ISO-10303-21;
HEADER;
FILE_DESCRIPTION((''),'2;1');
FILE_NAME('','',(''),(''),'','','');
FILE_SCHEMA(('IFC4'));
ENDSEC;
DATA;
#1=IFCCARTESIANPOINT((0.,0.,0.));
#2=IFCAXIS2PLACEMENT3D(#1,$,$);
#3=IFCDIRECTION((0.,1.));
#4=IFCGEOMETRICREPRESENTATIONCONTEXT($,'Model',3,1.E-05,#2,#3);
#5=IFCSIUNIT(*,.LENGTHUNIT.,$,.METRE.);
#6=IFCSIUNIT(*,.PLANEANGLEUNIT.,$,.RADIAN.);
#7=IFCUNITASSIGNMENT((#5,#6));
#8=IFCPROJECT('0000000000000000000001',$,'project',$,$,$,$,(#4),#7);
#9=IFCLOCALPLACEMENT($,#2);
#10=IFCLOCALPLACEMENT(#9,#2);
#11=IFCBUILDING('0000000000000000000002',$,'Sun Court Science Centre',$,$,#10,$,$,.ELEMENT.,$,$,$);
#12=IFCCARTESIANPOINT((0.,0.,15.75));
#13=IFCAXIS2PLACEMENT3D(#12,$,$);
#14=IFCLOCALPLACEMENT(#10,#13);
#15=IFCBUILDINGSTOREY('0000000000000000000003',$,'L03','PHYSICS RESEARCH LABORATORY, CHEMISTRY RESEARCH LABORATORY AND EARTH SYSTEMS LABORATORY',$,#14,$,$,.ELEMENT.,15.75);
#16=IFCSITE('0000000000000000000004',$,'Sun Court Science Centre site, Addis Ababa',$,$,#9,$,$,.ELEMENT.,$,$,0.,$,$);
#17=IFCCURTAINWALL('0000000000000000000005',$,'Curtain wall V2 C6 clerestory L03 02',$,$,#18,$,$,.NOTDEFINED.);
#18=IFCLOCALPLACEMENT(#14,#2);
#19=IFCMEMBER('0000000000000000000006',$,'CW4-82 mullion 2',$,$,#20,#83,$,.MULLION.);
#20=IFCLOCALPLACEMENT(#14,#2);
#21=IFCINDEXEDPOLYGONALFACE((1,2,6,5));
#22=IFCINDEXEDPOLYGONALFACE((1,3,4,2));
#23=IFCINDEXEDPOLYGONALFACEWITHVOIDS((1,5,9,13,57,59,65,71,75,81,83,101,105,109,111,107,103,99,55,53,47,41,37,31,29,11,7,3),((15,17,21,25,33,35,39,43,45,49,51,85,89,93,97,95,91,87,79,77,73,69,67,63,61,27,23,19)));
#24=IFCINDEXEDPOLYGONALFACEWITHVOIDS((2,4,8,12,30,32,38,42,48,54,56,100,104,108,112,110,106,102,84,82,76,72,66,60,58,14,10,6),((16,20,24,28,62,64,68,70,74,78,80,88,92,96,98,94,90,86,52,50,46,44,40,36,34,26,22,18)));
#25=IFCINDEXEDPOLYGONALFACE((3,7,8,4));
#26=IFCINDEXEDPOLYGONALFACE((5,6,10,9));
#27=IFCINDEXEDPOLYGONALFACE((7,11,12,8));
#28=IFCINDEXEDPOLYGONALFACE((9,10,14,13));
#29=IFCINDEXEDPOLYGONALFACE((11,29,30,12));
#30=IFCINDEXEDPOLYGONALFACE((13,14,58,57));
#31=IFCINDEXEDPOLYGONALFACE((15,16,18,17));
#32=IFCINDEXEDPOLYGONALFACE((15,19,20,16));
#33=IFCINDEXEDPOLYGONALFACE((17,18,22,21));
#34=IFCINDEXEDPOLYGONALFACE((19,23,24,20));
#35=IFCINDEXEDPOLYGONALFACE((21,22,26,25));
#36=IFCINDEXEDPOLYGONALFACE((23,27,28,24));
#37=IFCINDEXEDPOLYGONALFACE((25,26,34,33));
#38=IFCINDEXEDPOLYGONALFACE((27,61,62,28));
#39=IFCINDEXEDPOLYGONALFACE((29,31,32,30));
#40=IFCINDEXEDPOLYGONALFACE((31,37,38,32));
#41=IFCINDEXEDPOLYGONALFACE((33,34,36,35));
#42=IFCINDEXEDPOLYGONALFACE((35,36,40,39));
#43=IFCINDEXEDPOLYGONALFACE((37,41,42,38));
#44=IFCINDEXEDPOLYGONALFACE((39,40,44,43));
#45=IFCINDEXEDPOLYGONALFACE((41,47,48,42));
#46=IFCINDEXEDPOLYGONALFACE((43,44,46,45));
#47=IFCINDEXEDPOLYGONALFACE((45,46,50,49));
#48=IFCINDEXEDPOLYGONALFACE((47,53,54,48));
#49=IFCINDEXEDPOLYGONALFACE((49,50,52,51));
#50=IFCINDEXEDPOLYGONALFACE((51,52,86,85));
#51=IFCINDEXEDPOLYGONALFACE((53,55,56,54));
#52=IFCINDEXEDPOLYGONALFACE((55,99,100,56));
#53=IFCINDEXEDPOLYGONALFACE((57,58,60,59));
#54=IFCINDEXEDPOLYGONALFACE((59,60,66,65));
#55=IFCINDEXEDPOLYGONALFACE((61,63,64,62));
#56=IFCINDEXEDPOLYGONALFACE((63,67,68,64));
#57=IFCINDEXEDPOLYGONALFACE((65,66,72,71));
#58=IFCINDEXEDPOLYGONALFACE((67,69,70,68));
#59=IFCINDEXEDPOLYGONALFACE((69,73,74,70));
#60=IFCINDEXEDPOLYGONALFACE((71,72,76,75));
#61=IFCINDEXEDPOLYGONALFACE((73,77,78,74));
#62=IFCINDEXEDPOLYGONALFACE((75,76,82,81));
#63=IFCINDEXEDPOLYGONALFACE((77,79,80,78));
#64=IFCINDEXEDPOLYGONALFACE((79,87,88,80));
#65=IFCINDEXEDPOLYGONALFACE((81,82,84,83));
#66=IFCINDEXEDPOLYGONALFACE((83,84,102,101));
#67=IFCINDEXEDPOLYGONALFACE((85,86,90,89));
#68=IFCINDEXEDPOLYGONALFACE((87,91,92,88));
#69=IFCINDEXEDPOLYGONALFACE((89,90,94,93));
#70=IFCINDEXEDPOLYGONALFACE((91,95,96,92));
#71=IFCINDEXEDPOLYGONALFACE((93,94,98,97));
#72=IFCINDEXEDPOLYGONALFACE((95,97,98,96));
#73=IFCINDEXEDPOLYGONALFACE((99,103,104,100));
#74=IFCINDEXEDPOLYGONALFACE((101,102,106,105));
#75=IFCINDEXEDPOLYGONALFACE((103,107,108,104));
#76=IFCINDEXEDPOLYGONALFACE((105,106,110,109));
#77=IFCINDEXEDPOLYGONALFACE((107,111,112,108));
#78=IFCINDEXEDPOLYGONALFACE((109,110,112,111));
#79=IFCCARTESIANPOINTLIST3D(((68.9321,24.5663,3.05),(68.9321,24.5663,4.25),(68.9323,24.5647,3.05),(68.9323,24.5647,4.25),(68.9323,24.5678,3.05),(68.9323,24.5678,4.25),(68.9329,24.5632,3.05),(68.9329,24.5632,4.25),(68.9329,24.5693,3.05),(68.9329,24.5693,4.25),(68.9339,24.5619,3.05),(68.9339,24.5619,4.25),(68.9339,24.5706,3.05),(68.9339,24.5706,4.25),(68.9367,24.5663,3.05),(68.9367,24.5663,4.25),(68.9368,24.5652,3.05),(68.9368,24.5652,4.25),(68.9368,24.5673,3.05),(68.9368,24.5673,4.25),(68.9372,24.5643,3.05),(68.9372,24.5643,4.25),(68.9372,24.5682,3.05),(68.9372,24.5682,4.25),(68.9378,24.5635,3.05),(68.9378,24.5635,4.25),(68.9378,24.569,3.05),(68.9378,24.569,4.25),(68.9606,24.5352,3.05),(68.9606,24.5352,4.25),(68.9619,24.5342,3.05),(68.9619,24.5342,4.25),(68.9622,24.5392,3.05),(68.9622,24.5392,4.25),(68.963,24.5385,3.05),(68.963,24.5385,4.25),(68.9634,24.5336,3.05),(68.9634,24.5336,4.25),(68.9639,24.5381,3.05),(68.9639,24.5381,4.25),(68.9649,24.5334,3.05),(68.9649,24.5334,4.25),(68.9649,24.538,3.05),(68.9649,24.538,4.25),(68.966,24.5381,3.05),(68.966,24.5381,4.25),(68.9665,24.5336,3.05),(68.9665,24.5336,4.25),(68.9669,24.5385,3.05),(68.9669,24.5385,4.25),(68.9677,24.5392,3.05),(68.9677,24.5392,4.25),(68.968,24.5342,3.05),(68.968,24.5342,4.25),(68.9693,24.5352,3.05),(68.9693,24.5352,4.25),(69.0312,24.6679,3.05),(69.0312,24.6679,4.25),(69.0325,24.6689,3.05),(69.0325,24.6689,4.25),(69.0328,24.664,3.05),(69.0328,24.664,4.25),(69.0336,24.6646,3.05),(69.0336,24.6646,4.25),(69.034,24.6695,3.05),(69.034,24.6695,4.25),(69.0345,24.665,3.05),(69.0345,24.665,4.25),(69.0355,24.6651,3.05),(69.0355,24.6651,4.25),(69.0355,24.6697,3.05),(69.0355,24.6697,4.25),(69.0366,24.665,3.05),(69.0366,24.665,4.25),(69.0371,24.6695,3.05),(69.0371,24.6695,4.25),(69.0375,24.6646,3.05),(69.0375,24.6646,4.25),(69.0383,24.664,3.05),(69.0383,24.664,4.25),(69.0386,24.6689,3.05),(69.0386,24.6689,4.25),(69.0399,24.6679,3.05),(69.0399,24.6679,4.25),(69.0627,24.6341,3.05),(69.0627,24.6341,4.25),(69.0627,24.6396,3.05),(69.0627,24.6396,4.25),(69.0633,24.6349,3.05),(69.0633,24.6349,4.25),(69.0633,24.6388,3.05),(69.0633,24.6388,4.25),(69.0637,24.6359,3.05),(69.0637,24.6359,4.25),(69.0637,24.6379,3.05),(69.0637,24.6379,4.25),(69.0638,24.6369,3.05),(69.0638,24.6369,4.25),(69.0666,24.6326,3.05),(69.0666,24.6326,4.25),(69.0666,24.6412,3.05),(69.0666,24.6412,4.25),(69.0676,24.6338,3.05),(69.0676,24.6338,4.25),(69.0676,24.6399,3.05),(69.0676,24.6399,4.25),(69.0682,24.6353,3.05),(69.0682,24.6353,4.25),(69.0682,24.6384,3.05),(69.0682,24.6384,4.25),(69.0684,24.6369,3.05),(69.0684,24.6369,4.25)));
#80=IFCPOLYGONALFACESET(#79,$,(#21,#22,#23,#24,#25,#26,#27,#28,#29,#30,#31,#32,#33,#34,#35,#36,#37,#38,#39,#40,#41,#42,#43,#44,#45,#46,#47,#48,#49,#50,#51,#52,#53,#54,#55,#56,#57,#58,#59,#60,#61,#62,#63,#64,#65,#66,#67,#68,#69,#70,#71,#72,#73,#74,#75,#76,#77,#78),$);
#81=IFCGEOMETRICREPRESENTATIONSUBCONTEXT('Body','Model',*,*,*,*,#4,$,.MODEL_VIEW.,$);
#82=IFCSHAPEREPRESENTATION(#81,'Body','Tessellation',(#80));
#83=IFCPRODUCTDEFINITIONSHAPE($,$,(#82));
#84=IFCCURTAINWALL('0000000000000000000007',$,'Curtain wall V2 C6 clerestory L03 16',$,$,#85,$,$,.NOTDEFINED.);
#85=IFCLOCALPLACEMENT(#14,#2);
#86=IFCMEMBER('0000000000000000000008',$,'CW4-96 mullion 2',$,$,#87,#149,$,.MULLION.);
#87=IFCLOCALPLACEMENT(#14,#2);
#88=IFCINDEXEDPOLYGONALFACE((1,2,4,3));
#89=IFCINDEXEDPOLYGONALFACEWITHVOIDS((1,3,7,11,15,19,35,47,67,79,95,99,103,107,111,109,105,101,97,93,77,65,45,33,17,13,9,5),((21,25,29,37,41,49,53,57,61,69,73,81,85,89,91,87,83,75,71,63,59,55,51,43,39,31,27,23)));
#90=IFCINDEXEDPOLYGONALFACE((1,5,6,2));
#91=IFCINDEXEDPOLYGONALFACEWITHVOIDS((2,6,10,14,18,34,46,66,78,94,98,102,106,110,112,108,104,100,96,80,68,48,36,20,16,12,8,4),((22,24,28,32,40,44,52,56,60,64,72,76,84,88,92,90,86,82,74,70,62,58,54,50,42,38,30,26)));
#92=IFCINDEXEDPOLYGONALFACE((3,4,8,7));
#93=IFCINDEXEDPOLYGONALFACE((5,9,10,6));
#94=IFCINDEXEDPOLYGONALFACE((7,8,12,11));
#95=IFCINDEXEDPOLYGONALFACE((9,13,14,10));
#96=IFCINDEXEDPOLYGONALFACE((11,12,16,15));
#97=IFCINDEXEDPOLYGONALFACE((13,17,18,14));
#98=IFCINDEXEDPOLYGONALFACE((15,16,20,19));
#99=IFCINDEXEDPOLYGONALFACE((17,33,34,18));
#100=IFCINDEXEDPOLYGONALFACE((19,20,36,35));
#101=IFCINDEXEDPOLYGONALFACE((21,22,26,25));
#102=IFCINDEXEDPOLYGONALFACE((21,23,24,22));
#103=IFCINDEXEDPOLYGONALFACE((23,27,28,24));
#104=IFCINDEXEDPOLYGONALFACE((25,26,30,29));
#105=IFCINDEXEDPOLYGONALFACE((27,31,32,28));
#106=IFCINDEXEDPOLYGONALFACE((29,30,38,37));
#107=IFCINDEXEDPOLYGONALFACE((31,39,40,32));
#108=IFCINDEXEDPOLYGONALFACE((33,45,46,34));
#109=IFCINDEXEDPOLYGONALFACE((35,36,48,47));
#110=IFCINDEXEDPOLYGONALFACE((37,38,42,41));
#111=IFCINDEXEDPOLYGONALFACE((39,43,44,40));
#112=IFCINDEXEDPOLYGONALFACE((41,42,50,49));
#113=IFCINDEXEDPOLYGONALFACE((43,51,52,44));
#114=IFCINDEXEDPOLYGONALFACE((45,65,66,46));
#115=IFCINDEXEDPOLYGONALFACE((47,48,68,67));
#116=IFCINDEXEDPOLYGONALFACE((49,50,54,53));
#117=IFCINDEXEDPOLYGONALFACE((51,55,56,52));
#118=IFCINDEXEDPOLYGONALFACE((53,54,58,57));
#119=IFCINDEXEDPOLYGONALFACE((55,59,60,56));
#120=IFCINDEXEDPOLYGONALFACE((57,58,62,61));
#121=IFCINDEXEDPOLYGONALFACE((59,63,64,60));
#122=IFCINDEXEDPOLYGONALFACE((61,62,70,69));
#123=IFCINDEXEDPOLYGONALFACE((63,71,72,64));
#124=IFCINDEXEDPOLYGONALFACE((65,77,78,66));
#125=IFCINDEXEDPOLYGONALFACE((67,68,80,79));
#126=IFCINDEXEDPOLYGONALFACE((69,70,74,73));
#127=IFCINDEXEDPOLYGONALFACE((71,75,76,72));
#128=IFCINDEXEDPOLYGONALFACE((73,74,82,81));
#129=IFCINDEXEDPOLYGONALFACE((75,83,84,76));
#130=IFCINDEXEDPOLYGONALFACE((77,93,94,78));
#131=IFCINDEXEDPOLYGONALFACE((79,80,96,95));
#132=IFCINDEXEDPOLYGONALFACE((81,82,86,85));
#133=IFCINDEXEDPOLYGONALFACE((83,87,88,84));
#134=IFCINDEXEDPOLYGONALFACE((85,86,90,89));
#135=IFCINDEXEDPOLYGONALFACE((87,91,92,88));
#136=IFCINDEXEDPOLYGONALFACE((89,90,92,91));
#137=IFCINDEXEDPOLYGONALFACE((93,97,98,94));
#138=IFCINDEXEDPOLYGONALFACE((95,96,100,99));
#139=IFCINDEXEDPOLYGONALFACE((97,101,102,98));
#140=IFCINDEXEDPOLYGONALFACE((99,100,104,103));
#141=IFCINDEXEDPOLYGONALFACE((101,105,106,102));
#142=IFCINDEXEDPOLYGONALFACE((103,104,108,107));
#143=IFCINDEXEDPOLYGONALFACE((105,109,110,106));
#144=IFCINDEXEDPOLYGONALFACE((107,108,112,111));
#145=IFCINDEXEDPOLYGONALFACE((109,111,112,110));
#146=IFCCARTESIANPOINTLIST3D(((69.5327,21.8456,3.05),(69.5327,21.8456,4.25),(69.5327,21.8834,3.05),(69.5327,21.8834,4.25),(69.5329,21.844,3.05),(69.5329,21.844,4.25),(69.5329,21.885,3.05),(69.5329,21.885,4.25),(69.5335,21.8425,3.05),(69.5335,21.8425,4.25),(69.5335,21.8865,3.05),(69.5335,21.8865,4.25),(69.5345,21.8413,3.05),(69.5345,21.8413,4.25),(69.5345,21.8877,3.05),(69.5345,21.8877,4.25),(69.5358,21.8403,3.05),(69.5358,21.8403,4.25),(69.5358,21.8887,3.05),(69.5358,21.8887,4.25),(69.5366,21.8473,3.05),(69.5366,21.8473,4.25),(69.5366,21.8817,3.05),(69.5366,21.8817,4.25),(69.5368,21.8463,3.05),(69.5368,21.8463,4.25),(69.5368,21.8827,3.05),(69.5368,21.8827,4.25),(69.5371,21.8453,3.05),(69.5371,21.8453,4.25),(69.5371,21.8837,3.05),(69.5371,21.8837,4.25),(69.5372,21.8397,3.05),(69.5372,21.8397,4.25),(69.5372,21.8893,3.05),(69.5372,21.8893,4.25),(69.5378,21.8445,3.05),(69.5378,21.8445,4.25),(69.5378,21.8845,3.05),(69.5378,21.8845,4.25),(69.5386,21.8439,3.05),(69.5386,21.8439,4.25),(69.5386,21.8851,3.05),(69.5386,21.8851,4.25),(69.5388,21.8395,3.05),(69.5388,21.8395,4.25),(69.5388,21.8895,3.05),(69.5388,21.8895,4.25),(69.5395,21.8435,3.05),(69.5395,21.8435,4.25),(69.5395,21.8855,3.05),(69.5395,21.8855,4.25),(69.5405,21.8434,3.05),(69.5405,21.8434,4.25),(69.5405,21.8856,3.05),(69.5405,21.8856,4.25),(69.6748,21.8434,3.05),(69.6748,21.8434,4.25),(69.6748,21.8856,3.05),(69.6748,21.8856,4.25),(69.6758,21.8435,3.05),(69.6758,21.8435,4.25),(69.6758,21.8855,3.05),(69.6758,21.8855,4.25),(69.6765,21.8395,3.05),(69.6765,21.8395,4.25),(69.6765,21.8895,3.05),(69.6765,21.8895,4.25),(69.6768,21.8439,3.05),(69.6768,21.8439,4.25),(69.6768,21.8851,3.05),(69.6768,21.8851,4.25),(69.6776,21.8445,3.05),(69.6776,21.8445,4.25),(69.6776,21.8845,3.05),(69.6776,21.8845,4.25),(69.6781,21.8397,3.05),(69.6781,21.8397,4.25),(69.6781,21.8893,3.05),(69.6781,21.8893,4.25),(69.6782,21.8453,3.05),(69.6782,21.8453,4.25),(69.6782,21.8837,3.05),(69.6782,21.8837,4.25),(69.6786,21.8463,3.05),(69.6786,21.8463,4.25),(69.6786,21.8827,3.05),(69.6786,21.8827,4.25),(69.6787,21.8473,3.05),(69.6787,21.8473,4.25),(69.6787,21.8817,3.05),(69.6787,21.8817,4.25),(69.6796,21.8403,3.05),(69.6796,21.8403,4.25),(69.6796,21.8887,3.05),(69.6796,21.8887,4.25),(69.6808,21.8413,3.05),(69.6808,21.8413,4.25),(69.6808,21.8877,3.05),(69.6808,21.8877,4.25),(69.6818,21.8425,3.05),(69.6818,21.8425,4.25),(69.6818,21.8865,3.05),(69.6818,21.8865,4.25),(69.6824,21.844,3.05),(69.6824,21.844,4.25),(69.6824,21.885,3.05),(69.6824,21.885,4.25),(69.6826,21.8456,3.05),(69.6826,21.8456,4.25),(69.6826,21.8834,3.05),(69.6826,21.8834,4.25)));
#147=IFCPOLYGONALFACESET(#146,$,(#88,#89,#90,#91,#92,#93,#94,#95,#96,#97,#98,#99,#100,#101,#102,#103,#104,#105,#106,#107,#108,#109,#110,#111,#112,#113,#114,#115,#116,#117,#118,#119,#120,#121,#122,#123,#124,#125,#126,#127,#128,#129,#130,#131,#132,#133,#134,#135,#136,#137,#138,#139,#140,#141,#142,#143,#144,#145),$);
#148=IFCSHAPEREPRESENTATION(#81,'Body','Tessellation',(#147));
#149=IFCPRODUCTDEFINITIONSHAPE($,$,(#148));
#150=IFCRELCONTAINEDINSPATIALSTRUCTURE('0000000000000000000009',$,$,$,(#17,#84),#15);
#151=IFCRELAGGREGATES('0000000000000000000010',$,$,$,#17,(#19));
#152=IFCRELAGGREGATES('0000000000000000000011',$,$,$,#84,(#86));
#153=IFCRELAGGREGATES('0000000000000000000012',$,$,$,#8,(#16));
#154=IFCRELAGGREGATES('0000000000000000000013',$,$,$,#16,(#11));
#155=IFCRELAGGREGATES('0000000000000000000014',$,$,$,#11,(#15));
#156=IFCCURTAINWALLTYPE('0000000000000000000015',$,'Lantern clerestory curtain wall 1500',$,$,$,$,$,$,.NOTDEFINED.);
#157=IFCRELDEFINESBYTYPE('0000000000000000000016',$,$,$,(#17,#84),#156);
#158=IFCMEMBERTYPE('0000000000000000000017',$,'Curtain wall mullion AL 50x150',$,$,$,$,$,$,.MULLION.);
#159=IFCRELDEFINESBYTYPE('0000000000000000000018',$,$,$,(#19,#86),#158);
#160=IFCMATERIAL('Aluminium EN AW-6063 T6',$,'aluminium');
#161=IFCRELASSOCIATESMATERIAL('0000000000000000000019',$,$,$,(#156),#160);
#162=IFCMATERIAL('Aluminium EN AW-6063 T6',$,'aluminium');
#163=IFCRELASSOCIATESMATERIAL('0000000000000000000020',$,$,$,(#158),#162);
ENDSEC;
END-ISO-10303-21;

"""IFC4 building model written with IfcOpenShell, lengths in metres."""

from ifc_helpers import new_model, si_unit, direction, frame, origin, origin_2d, place, context, subcontext, project, spatial, hollow_rectangle, extrude, material, material_profile, profile_set, type_object, element, aggregate, save


model = new_model("IFC4")

# Units and contexts
model_context = context("Model", 3, precision=1e-05, world=origin(), true_north=direction((0.0, 1.0)))
body_context = subcontext(model_context, "Body", "Model", "MODEL_VIEW")
ifc_project = project(units=[si_unit("LENGTHUNIT", "METRE"), si_unit("PLANEANGLEUNIT", "RADIAN")], contexts=[model_context])

# Site, building, storey
site_placement = place(None, origin())
site = spatial("IfcSite", under=ifc_project, at=site_placement, Name="Sun Court Science Centre site, Addis Ababa", CompositionType="ELEMENT", RefElevation=0.0)
building_placement = place(site_placement, origin())
building = spatial("IfcBuilding", under=site, at=building_placement, Name="Sun Court Science Centre", CompositionType="ELEMENT")
storey_placement = place(building_placement, frame((0.0, 0.0, 15.75)))
storey = spatial("IfcBuildingStorey", under=building, at=storey_placement, Name="L03", Description="PHYSICS RESEARCH LABORATORY, CHEMISTRY RESEARCH LABORATORY AND EARTH SYSTEMS LABORATORY", CompositionType="ELEMENT", Elevation=15.75)

# Shared definitions
ifc_material_1 = material(Name="Aluminium EN AW-6063 T6", Category="aluminium")
curtain_wall_type = type_object("IfcCurtainWallType", Name="Lantern clerestory curtain wall 1500", PredefinedType="NOTDEFINED", material=ifc_material_1)
ifc_material_2 = material(Name="Aluminium EN AW-6063 T6", Category="aluminium")
ifc_material_profile_1 = material_profile(ifc_material_2, hollow_rectangle(XDim=0.05, YDim=0.1499, WallThickness=0.0039, InnerFilletRadius=0.0039, OuterFilletRadius=0.0061, at=origin_2d()), Name="AL 50x150x4")
ifc_profile_set_1 = profile_set([ifc_material_profile_1], Name="Aluminium EN AW-6063 T6")
member_type_1 = type_object("IfcMemberType", Name="Curtain wall mullion AL 50x150", PredefinedType="MULLION", material=ifc_profile_set_1)

# Curtain wall, member
curtain_wall_1_placement = place(storey_placement, origin())
curtain_wall_1 = element("IfcCurtainWall", 1, at=curtain_wall_1_placement, inside=storey, type_object=curtain_wall_type, Name="Curtain wall V2 C6 clerestory L03 02", PredefinedType="NOTDEFINED")
member_1_placement = place(storey_placement, frame((69.0002, 24.6016, 3.05), z_axis=(0.0, 0.0, 1.0), x_axis=(0.707107, -0.707107, 0.0)))
member_1 = element("IfcMember", 2, at=member_1_placement, type_object=member_type_1, Name="CW4-82 mullion 2", PredefinedType="MULLION", context=body_context, shape_type="SweptSolid", body=[
    extrude(hollow_rectangle(XDim=0.05, YDim=0.1499, WallThickness=0.0039, InnerFilletRadius=0.0039, OuterFilletRadius=0.0061, at=origin_2d()), origin(), (0.0, 0.0, 1.0), 1.2),
])
aggregate(curtain_wall_1, [member_1])

# Curtain wall, member
curtain_wall_2_placement = place(storey_placement, origin())
curtain_wall_2 = element("IfcCurtainWall", 3, at=curtain_wall_2_placement, inside=storey, type_object=curtain_wall_type, Name="Curtain wall V2 C6 clerestory L03 16", PredefinedType="NOTDEFINED")
member_2_placement = place(storey_placement, frame((69.6077, 21.8645, 3.05), z_axis=(0.0, 0.0, 1.0), x_axis=(0.0, -1.0, 0.0)))
member_2 = element("IfcMember", 4, at=member_2_placement, type_object=member_type_1, Name="CW4-96 mullion 2", PredefinedType="MULLION", context=body_context, shape_type="SweptSolid", body=[
    extrude(hollow_rectangle(XDim=0.05, YDim=0.1499, WallThickness=0.0039, InnerFilletRadius=0.0039, OuterFilletRadius=0.0061, at=origin_2d()), origin(), (0.0, 0.0, 1.0), 1.2),
])

aggregate(curtain_wall_2, [member_2])

save(model, "model.ifc")
